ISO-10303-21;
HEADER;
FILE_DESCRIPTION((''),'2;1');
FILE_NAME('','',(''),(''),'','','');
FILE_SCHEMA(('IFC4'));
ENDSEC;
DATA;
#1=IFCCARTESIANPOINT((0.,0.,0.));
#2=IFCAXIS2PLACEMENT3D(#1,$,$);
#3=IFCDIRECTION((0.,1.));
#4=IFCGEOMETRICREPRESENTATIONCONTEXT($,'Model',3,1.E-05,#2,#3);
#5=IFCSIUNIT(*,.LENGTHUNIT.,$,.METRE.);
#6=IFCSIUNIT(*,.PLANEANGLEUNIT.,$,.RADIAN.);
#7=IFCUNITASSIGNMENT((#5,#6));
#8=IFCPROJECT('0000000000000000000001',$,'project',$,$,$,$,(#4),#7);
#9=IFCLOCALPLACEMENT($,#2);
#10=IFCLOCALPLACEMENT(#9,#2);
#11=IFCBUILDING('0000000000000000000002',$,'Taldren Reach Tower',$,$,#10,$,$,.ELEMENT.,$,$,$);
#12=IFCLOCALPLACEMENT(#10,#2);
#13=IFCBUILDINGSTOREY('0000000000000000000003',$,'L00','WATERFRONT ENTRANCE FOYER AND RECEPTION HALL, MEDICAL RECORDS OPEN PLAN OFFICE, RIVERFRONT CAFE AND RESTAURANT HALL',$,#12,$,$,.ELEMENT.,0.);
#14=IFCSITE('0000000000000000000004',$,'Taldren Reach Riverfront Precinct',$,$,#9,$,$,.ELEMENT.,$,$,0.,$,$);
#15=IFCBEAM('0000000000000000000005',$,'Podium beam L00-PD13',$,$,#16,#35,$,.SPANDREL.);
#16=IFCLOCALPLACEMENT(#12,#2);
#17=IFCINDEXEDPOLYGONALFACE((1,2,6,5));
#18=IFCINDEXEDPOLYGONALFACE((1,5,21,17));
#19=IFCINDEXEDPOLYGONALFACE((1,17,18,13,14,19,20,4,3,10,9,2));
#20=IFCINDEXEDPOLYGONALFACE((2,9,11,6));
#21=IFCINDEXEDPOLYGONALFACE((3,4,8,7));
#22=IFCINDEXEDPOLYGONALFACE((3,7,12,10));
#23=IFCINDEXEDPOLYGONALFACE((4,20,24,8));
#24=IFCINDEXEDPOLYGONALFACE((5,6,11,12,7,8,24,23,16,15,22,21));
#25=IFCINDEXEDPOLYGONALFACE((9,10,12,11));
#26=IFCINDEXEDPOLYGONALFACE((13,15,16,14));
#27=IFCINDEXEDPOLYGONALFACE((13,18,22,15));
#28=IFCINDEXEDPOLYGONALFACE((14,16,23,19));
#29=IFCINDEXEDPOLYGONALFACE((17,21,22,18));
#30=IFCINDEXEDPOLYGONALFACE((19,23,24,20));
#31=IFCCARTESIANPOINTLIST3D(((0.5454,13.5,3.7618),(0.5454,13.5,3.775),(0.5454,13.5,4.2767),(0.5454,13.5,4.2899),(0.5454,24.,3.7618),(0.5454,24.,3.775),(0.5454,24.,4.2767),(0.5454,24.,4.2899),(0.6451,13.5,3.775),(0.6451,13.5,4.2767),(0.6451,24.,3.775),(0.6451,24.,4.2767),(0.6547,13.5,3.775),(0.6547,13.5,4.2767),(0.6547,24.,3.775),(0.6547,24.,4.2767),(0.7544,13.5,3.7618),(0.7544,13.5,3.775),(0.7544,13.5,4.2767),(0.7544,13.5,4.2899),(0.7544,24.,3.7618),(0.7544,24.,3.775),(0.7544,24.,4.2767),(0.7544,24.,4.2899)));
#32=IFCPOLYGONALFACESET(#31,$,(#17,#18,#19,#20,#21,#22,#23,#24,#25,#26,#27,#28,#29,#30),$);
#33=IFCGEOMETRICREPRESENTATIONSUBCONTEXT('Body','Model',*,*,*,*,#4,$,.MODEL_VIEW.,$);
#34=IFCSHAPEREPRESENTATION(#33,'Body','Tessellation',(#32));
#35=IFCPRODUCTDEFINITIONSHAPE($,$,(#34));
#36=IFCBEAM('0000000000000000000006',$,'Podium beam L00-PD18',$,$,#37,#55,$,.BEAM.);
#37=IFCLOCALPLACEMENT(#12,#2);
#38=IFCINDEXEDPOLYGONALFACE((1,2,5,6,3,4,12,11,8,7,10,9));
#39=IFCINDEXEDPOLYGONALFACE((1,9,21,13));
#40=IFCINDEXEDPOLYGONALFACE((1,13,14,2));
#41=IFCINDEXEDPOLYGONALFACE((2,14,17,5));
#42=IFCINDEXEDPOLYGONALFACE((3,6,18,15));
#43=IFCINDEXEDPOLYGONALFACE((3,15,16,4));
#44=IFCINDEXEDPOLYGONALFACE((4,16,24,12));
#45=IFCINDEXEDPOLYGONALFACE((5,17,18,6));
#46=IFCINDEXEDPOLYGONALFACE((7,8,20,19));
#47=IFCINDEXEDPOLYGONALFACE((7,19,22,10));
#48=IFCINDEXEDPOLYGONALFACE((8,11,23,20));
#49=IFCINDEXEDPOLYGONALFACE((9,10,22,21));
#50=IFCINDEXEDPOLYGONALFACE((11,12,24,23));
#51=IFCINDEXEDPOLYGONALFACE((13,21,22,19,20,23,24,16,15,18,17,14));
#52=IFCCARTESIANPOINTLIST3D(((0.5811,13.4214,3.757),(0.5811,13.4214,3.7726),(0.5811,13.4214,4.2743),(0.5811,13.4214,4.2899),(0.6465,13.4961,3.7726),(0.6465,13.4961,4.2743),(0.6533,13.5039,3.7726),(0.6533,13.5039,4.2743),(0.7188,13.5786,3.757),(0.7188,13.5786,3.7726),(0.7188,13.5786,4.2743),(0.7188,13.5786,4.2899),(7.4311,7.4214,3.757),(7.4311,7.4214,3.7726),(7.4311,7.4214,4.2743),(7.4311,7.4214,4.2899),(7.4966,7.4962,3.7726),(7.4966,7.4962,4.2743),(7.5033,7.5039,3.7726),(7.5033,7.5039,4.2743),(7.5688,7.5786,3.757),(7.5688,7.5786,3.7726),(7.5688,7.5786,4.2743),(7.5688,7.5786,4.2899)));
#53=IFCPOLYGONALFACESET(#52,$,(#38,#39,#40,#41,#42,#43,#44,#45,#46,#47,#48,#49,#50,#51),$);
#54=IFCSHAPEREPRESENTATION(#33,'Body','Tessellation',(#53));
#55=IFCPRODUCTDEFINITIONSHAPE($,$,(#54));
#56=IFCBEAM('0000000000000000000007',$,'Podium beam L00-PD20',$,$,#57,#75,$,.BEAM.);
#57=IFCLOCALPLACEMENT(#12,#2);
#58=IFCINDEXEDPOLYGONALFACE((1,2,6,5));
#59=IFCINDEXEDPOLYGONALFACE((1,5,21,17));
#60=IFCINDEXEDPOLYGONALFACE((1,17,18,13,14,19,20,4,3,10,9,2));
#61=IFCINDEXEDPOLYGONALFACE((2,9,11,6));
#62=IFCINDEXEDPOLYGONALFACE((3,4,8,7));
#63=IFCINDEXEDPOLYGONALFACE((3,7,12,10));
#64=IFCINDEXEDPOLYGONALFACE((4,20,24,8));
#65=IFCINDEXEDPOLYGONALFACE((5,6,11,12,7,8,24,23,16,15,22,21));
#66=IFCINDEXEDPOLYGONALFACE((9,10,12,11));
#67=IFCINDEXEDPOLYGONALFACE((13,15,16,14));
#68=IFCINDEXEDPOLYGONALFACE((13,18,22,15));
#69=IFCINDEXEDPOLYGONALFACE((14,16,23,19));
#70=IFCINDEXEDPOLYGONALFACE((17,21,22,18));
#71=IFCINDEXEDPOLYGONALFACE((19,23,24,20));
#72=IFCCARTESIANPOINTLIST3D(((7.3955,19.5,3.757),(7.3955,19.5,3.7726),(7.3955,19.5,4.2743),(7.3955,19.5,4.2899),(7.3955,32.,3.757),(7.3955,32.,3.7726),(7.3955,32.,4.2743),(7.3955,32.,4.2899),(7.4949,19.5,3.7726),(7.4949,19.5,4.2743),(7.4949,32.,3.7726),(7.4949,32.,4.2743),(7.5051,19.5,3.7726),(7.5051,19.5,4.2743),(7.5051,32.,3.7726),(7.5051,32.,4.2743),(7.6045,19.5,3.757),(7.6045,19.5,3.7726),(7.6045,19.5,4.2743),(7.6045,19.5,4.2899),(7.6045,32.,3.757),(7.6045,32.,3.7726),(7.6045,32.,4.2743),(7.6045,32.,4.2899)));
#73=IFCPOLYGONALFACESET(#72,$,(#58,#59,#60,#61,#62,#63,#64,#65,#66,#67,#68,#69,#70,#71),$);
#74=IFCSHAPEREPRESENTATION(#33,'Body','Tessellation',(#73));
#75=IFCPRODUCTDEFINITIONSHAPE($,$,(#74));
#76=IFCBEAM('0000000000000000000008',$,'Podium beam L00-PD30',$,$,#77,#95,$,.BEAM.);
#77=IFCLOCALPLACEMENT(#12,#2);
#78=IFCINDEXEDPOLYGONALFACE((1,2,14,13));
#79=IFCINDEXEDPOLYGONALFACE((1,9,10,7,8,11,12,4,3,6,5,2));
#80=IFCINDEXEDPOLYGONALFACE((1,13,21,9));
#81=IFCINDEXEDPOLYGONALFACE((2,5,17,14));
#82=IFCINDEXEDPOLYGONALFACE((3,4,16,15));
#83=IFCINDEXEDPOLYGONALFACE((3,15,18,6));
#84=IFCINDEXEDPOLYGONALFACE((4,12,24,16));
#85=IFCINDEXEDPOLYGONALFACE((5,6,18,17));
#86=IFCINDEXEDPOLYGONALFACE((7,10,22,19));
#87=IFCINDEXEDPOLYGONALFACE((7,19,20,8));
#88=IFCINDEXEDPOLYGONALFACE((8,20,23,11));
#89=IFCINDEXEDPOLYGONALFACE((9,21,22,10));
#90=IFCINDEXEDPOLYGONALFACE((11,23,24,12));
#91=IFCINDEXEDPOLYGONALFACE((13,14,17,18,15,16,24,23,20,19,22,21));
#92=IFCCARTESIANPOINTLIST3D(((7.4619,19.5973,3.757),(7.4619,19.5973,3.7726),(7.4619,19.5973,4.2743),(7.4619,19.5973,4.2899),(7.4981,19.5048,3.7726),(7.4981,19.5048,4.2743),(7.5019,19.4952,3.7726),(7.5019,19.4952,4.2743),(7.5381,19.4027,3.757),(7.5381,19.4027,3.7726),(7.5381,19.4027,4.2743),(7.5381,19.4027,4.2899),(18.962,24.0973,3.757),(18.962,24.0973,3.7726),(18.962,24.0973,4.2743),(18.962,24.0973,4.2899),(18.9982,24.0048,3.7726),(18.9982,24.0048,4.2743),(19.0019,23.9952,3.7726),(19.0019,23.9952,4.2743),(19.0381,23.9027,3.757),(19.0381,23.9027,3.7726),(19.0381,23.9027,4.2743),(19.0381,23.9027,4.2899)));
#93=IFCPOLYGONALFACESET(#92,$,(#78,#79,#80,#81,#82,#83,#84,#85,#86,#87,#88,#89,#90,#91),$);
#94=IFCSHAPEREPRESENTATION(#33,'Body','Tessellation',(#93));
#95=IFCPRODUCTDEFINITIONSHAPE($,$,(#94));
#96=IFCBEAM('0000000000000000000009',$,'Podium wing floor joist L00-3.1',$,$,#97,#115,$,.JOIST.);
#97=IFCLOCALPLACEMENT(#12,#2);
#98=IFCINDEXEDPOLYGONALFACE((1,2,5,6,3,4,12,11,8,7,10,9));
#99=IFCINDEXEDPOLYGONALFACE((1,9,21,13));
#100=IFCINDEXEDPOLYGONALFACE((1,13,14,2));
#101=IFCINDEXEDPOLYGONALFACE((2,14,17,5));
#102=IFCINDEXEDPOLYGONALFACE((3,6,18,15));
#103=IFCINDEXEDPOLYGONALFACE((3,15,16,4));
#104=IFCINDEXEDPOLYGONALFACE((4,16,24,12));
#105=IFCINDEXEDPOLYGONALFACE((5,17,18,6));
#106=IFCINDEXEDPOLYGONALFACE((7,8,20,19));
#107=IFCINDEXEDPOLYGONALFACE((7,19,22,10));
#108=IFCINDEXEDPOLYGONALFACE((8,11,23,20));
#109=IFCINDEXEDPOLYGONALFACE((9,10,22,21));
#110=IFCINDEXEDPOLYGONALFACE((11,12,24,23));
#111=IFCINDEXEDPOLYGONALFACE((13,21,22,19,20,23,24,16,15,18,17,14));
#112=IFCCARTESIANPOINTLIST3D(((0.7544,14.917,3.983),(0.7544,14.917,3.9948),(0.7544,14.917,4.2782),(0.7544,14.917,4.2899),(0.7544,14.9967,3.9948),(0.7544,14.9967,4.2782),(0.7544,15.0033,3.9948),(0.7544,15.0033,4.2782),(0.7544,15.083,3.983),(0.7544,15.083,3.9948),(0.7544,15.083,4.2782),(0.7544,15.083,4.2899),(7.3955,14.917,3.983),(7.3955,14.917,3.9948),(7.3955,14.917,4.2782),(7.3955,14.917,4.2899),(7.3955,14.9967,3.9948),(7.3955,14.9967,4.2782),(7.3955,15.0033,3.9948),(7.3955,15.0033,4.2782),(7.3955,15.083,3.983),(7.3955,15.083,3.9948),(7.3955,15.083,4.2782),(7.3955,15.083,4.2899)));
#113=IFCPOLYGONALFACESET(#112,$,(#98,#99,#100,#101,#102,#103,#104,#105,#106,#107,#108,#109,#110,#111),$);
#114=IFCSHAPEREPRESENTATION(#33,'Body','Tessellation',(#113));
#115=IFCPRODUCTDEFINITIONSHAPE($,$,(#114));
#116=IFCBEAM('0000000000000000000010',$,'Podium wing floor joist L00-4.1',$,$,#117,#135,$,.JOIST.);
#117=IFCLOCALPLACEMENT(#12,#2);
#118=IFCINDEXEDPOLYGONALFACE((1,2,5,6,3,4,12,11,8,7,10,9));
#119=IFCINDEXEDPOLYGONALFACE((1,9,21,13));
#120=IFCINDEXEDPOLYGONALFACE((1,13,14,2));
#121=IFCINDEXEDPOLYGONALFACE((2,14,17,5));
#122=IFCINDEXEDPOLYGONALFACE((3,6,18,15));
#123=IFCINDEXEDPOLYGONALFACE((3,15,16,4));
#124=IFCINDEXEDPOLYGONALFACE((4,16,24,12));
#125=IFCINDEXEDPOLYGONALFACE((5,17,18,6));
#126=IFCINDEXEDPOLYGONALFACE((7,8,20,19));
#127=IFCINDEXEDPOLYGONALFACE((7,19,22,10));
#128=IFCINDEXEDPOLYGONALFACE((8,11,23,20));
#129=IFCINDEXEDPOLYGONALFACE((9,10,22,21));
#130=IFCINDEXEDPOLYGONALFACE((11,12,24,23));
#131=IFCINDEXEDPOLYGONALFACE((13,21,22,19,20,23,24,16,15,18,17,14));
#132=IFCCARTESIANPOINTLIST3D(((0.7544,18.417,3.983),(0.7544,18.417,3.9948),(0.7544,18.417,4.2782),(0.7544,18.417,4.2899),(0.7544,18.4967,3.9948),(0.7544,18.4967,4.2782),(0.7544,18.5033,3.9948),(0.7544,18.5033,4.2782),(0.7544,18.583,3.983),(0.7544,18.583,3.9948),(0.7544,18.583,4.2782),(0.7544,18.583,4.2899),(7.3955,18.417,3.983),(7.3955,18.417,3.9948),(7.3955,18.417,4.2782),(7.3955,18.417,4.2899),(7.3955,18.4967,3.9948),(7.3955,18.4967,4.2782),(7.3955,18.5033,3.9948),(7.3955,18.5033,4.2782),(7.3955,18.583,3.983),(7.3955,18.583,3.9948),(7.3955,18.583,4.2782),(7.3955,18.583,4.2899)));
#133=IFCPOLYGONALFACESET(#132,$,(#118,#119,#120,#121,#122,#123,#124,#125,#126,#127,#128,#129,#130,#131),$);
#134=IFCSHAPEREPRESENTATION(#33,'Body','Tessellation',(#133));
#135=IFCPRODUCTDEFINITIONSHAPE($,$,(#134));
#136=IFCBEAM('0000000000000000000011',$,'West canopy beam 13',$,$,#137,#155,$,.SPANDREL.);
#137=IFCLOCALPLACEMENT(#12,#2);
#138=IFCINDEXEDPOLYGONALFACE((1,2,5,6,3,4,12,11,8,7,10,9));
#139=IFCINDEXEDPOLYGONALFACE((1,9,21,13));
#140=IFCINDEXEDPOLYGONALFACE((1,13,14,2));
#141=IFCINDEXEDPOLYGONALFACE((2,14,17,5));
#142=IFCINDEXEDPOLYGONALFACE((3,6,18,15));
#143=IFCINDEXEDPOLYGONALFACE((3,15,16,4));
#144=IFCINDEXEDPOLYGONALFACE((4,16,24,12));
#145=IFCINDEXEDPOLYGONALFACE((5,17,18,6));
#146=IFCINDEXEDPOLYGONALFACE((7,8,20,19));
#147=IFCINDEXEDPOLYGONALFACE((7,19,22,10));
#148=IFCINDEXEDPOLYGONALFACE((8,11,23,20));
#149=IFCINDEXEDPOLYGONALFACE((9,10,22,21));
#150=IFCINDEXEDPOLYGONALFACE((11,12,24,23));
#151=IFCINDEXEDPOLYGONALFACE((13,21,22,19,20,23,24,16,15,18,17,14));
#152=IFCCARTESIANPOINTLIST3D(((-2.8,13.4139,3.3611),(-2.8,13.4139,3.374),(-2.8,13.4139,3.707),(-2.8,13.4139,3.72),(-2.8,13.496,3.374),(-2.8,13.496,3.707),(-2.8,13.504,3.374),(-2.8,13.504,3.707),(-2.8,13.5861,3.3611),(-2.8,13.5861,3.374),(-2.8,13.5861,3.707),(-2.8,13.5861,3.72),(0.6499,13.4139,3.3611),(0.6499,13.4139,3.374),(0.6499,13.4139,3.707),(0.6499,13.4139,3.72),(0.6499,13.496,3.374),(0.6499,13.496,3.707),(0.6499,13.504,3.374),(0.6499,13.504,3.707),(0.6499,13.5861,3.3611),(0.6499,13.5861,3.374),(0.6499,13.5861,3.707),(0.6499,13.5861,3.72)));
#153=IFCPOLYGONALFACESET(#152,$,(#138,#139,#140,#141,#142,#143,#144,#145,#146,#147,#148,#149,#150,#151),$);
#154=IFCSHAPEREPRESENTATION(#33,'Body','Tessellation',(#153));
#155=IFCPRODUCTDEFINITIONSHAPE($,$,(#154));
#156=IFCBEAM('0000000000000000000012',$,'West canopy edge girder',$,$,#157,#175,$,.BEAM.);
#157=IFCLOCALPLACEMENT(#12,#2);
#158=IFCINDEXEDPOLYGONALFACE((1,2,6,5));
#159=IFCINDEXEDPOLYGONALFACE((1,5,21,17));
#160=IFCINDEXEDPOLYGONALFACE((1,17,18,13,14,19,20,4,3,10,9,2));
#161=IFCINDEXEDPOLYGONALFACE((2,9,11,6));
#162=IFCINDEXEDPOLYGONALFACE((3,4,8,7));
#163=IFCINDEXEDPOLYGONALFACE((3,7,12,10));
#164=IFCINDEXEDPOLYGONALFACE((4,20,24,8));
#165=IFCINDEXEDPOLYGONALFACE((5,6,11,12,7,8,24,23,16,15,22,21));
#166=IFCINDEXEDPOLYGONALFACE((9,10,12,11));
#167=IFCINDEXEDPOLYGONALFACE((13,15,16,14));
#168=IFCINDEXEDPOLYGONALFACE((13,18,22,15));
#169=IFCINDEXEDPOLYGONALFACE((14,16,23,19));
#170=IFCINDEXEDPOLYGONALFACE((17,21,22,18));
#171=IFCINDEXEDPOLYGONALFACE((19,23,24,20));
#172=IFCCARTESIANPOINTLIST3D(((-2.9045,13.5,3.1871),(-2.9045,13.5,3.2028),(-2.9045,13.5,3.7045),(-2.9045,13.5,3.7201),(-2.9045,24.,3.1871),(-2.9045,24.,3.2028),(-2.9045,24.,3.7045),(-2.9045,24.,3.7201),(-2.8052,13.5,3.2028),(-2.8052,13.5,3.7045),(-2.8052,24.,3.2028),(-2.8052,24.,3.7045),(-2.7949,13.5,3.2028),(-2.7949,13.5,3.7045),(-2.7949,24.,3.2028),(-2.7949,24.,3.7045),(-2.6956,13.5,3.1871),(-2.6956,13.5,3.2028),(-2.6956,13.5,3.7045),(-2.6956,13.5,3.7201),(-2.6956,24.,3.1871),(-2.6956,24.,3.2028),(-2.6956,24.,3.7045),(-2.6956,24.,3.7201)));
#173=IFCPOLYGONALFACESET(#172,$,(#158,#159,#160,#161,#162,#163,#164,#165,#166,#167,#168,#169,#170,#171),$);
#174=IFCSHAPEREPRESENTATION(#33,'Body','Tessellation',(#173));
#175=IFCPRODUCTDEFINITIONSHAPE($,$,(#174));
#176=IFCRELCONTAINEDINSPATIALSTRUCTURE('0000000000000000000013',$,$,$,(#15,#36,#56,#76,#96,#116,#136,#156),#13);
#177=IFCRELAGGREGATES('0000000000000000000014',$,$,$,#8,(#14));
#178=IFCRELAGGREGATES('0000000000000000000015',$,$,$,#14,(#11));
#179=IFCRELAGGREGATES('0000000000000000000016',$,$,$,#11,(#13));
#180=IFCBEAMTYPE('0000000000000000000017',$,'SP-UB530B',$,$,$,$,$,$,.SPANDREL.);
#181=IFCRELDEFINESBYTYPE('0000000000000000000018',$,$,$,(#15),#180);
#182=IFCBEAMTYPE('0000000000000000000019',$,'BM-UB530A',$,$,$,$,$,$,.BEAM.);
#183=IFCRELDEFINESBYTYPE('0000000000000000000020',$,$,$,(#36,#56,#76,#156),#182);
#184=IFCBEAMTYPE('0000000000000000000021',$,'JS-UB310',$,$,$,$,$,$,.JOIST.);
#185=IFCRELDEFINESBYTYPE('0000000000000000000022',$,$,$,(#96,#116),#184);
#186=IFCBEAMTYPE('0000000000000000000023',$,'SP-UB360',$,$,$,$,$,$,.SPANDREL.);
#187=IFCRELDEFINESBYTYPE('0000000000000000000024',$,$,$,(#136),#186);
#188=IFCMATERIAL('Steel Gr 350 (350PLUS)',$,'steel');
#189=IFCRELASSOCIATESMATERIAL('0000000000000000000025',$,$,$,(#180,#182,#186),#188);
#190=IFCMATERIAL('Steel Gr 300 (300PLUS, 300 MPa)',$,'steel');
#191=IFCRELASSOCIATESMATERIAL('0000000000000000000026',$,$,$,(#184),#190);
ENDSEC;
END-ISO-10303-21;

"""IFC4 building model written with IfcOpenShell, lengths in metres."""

from ifc_helpers import new_model, si_unit, direction, frame, origin, origin_2d, place, context, subcontext, project, spatial, i_section, extrude, source, transform, mapped, material, material_profile, profile_set, type_object, element, save


model = new_model("IFC4")

# Units and contexts
model_context = context("Model", 3, precision=1e-05, world=origin(), true_north=direction((0.0, 1.0)))
body_context = subcontext(model_context, "Body", "Model", "MODEL_VIEW")
ifc_project = project(units=[si_unit("LENGTHUNIT", "METRE"), si_unit("PLANEANGLEUNIT", "RADIAN")], contexts=[model_context])

# Site, building, storey
site_placement = place(None, origin())
site = spatial("IfcSite", under=ifc_project, at=site_placement, Name="Taldren Reach Riverfront Precinct", CompositionType="ELEMENT", RefElevation=0.0)
building_placement = place(site_placement, origin())
building = spatial("IfcBuilding", under=site, at=building_placement, Name="Taldren Reach Tower", CompositionType="ELEMENT")
storey_placement = place(building_placement, origin())
storey = spatial("IfcBuildingStorey", under=building, at=storey_placement, Name="L00", Description="WATERFRONT ENTRANCE FOYER AND RECEPTION HALL, MEDICAL RECORDS OPEN PLAN OFFICE, RIVERFRONT CAFE AND RESTAURANT HALL", CompositionType="ELEMENT", Elevation=0.0)

# Shared definitions
ifc_material_1 = material(Name="Steel Gr 350 (350PLUS)", Category="steel")

# Beams
ifc_material_profile_1 = material_profile(ifc_material_1, i_section(OverallWidth=0.209, OverallDepth=0.5281, WebThickness=0.0095, FlangeThickness=0.0132, at=origin_2d()), Name="530UB82.0")
ifc_profile_set_1 = profile_set([ifc_material_profile_1], Name="Steel Gr 350 (350PLUS)")
beam_type_1 = type_object("IfcBeamType", Name="SP-UB530B", PredefinedType="SPANDREL", material=ifc_profile_set_1)
shared_shape_1 = source(origin(), body_context, "Body", "SweptSolid", [
    extrude(i_section(OverallWidth=0.209, OverallDepth=0.5281, WebThickness=0.0095, FlangeThickness=0.0132, at=origin_2d()), origin(), (0.0, 0.0, 1.0), 10.5),
])
beam_1_placement = place(storey_placement, frame((0.6499, 13.5, 4.0259), z_axis=(0.0, 1.0, 0.0), x_axis=(-1.0, 0.0, 0.0)))
element("IfcBeam", 1, at=beam_1_placement, inside=storey, type_object=beam_type_1, Name="Podium beam L00-PD13", PredefinedType="SPANDREL", context=body_context, shape_type="MappedRepresentation", body=[
    mapped(shared_shape_1, transform((0.0, 0.0, 0.0), scale=1.0)),
])
ifc_material_profile_2 = material_profile(ifc_material_1, i_section(OverallWidth=0.209, OverallDepth=0.533, WebThickness=0.0103, FlangeThickness=0.0156, at=origin_2d()), Name="530UB92.4")
ifc_profile_set_2 = profile_set([ifc_material_profile_2], Name="Steel Gr 350 (350PLUS)")
beam_type_2 = type_object("IfcBeamType", Name="BM-UB530A", PredefinedType="BEAM", material=ifc_profile_set_2)
shared_shape_2 = source(origin(), body_context, "Body", "SweptSolid", [
    extrude(i_section(OverallWidth=0.209, OverallDepth=0.533, WebThickness=0.0103, FlangeThickness=0.0156, at=origin_2d()), origin(), (0.0, 0.0, 1.0), 9.1062),
])
beam_2_placement = place(storey_placement, frame((0.6499, 13.5, 4.0234), z_axis=(0.752241, -0.658888, 0.0), x_axis=(0.658888, 0.752241, 0.0)))
element("IfcBeam", 2, at=beam_2_placement, inside=storey, type_object=beam_type_2, Name="Podium beam L00-PD18", PredefinedType="BEAM", context=body_context, shape_type="MappedRepresentation", body=[
    mapped(shared_shape_2, transform((0.0, 0.0, 0.0), scale=1.0)),
])
shared_shape_3 = source(origin(), body_context, "Body", "SweptSolid", [
    extrude(i_section(OverallWidth=0.209, OverallDepth=0.533, WebThickness=0.0103, FlangeThickness=0.0156, at=origin_2d()), origin(), (0.0, 0.0, 1.0), 12.5),
])
beam_3_placement = place(storey_placement, frame((7.5, 19.5, 4.0234), z_axis=(0.0, 1.0, 0.0), x_axis=(-1.0, 0.0, 0.0)))
element("IfcBeam", 3, at=beam_3_placement, inside=storey, type_object=beam_type_2, Name="Podium beam L00-PD20", PredefinedType="BEAM", context=body_context, shape_type="MappedRepresentation", body=[
    mapped(shared_shape_3, transform((0.0, 0.0, 0.0), scale=1.0)),
])
shared_shape_4 = source(origin(), body_context, "Body", "SweptSolid", [
    extrude(i_section(OverallWidth=0.209, OverallDepth=0.533, WebThickness=0.0103, FlangeThickness=0.0156, at=origin_2d()), origin(), (0.0, 0.0, 1.0), 12.3491),
])
beam_4_placement = place(storey_placement, frame((7.5, 19.5, 4.0234), z_axis=(0.931243, 0.364399, 0.0), x_axis=(-0.364399, 0.931243, 0.0)))
element("IfcBeam", 4, at=beam_4_placement, inside=storey, type_object=beam_type_2, Name="Podium beam L00-PD30", PredefinedType="BEAM", context=body_context, shape_type="MappedRepresentation", body=[
    mapped(shared_shape_4, transform((0.0, 0.0, 0.0), scale=1.0)),
])
ifc_material_2 = material(Name="Steel Gr 300 (300PLUS, 300 MPa)", Category="steel")
ifc_material_profile_3 = material_profile(ifc_material_2, i_section(OverallWidth=0.166, OverallDepth=0.3069, WebThickness=0.0066, FlangeThickness=0.0117, at=origin_2d()), Name="310UB46.2")
ifc_profile_set_3 = profile_set([ifc_material_profile_3], Name="Steel Gr 300 (300PLUS, 300 MPa)")
beam_type_3 = type_object("IfcBeamType", Name="JS-UB310", PredefinedType="JOIST", material=ifc_profile_set_3)
shared_shape_5 = source(origin(), body_context, "Body", "SweptSolid", [
    extrude(i_section(OverallWidth=0.166, OverallDepth=0.3069, WebThickness=0.0066, FlangeThickness=0.0117, at=origin_2d()), origin(), (0.0, 0.0, 1.0), 6.6411),
])
for number, where, z_axis, x_axis, name in (
    (5, (0.7544, 15.0, 4.1365), (1.0, 0.0, 0.0), (0.0, 1.0, 0.0), "Podium wing floor joist L00-3.1"),
    (6, (0.7544, 18.5, 4.1365), (1.0, 0.0, 0.0), (0.0, 1.0, 0.0), "Podium wing floor joist L00-4.1"),
):
    element("IfcBeam", number, at=place(storey_placement, frame(where, z_axis=z_axis, x_axis=x_axis)), inside=storey, type_object=beam_type_3, Name=name, PredefinedType="JOIST", context=body_context, shape_type="MappedRepresentation", body=[
        mapped(shared_shape_5, transform((0.0, 0.0, 0.0), scale=1.0)),
    ])
ifc_material_profile_4 = material_profile(ifc_material_1, i_section(OverallWidth=0.1721, OverallDepth=0.3589, WebThickness=0.0081, FlangeThickness=0.0129, at=origin_2d()), Name="360UB56.7")
ifc_profile_set_4 = profile_set([ifc_material_profile_4], Name="Steel Gr 350 (350PLUS)")
beam_type_4 = type_object("IfcBeamType", Name="SP-UB360", PredefinedType="SPANDREL", material=ifc_profile_set_4)
shared_shape_6 = source(origin(), body_context, "Body", "SweptSolid", [
    extrude(i_section(OverallWidth=0.1721, OverallDepth=0.3589, WebThickness=0.0081, FlangeThickness=0.0129, at=origin_2d()), origin(), (0.0, 0.0, 1.0), 3.45),
])
beam_5_placement = place(storey_placement, frame((0.6499, 13.5, 3.5405), z_axis=(-1.0, 0.0, 0.0), x_axis=(0.0, -1.0, 0.0)))
element("IfcBeam", 7, at=beam_5_placement, inside=storey, type_object=beam_type_4, Name="West canopy beam 13", PredefinedType="SPANDREL", context=body_context, shape_type="MappedRepresentation", body=[
    mapped(shared_shape_6, transform((0.0, 0.0, 0.0), scale=1.0)),
])
shared_shape_7 = source(origin(), body_context, "Body", "SweptSolid", [
    extrude(i_section(OverallWidth=0.209, OverallDepth=0.533, WebThickness=0.0103, FlangeThickness=0.0156, at=origin_2d()), origin(), (0.0, 0.0, 1.0), 10.5),
])
beam_6_placement = place(storey_placement, frame((-2.8, 13.5, 3.4536), z_axis=(0.0, 1.0, 0.0), x_axis=(-1.0, 0.0, 0.0)))
element("IfcBeam", 8, at=beam_6_placement, inside=storey, type_object=beam_type_2, Name="West canopy edge girder", PredefinedType="BEAM", context=body_context, shape_type="MappedRepresentation", body=[
    mapped(shared_shape_7, transform((0.0, 0.0, 0.0), scale=1.0)),
])

save(model, "model.ifc")
